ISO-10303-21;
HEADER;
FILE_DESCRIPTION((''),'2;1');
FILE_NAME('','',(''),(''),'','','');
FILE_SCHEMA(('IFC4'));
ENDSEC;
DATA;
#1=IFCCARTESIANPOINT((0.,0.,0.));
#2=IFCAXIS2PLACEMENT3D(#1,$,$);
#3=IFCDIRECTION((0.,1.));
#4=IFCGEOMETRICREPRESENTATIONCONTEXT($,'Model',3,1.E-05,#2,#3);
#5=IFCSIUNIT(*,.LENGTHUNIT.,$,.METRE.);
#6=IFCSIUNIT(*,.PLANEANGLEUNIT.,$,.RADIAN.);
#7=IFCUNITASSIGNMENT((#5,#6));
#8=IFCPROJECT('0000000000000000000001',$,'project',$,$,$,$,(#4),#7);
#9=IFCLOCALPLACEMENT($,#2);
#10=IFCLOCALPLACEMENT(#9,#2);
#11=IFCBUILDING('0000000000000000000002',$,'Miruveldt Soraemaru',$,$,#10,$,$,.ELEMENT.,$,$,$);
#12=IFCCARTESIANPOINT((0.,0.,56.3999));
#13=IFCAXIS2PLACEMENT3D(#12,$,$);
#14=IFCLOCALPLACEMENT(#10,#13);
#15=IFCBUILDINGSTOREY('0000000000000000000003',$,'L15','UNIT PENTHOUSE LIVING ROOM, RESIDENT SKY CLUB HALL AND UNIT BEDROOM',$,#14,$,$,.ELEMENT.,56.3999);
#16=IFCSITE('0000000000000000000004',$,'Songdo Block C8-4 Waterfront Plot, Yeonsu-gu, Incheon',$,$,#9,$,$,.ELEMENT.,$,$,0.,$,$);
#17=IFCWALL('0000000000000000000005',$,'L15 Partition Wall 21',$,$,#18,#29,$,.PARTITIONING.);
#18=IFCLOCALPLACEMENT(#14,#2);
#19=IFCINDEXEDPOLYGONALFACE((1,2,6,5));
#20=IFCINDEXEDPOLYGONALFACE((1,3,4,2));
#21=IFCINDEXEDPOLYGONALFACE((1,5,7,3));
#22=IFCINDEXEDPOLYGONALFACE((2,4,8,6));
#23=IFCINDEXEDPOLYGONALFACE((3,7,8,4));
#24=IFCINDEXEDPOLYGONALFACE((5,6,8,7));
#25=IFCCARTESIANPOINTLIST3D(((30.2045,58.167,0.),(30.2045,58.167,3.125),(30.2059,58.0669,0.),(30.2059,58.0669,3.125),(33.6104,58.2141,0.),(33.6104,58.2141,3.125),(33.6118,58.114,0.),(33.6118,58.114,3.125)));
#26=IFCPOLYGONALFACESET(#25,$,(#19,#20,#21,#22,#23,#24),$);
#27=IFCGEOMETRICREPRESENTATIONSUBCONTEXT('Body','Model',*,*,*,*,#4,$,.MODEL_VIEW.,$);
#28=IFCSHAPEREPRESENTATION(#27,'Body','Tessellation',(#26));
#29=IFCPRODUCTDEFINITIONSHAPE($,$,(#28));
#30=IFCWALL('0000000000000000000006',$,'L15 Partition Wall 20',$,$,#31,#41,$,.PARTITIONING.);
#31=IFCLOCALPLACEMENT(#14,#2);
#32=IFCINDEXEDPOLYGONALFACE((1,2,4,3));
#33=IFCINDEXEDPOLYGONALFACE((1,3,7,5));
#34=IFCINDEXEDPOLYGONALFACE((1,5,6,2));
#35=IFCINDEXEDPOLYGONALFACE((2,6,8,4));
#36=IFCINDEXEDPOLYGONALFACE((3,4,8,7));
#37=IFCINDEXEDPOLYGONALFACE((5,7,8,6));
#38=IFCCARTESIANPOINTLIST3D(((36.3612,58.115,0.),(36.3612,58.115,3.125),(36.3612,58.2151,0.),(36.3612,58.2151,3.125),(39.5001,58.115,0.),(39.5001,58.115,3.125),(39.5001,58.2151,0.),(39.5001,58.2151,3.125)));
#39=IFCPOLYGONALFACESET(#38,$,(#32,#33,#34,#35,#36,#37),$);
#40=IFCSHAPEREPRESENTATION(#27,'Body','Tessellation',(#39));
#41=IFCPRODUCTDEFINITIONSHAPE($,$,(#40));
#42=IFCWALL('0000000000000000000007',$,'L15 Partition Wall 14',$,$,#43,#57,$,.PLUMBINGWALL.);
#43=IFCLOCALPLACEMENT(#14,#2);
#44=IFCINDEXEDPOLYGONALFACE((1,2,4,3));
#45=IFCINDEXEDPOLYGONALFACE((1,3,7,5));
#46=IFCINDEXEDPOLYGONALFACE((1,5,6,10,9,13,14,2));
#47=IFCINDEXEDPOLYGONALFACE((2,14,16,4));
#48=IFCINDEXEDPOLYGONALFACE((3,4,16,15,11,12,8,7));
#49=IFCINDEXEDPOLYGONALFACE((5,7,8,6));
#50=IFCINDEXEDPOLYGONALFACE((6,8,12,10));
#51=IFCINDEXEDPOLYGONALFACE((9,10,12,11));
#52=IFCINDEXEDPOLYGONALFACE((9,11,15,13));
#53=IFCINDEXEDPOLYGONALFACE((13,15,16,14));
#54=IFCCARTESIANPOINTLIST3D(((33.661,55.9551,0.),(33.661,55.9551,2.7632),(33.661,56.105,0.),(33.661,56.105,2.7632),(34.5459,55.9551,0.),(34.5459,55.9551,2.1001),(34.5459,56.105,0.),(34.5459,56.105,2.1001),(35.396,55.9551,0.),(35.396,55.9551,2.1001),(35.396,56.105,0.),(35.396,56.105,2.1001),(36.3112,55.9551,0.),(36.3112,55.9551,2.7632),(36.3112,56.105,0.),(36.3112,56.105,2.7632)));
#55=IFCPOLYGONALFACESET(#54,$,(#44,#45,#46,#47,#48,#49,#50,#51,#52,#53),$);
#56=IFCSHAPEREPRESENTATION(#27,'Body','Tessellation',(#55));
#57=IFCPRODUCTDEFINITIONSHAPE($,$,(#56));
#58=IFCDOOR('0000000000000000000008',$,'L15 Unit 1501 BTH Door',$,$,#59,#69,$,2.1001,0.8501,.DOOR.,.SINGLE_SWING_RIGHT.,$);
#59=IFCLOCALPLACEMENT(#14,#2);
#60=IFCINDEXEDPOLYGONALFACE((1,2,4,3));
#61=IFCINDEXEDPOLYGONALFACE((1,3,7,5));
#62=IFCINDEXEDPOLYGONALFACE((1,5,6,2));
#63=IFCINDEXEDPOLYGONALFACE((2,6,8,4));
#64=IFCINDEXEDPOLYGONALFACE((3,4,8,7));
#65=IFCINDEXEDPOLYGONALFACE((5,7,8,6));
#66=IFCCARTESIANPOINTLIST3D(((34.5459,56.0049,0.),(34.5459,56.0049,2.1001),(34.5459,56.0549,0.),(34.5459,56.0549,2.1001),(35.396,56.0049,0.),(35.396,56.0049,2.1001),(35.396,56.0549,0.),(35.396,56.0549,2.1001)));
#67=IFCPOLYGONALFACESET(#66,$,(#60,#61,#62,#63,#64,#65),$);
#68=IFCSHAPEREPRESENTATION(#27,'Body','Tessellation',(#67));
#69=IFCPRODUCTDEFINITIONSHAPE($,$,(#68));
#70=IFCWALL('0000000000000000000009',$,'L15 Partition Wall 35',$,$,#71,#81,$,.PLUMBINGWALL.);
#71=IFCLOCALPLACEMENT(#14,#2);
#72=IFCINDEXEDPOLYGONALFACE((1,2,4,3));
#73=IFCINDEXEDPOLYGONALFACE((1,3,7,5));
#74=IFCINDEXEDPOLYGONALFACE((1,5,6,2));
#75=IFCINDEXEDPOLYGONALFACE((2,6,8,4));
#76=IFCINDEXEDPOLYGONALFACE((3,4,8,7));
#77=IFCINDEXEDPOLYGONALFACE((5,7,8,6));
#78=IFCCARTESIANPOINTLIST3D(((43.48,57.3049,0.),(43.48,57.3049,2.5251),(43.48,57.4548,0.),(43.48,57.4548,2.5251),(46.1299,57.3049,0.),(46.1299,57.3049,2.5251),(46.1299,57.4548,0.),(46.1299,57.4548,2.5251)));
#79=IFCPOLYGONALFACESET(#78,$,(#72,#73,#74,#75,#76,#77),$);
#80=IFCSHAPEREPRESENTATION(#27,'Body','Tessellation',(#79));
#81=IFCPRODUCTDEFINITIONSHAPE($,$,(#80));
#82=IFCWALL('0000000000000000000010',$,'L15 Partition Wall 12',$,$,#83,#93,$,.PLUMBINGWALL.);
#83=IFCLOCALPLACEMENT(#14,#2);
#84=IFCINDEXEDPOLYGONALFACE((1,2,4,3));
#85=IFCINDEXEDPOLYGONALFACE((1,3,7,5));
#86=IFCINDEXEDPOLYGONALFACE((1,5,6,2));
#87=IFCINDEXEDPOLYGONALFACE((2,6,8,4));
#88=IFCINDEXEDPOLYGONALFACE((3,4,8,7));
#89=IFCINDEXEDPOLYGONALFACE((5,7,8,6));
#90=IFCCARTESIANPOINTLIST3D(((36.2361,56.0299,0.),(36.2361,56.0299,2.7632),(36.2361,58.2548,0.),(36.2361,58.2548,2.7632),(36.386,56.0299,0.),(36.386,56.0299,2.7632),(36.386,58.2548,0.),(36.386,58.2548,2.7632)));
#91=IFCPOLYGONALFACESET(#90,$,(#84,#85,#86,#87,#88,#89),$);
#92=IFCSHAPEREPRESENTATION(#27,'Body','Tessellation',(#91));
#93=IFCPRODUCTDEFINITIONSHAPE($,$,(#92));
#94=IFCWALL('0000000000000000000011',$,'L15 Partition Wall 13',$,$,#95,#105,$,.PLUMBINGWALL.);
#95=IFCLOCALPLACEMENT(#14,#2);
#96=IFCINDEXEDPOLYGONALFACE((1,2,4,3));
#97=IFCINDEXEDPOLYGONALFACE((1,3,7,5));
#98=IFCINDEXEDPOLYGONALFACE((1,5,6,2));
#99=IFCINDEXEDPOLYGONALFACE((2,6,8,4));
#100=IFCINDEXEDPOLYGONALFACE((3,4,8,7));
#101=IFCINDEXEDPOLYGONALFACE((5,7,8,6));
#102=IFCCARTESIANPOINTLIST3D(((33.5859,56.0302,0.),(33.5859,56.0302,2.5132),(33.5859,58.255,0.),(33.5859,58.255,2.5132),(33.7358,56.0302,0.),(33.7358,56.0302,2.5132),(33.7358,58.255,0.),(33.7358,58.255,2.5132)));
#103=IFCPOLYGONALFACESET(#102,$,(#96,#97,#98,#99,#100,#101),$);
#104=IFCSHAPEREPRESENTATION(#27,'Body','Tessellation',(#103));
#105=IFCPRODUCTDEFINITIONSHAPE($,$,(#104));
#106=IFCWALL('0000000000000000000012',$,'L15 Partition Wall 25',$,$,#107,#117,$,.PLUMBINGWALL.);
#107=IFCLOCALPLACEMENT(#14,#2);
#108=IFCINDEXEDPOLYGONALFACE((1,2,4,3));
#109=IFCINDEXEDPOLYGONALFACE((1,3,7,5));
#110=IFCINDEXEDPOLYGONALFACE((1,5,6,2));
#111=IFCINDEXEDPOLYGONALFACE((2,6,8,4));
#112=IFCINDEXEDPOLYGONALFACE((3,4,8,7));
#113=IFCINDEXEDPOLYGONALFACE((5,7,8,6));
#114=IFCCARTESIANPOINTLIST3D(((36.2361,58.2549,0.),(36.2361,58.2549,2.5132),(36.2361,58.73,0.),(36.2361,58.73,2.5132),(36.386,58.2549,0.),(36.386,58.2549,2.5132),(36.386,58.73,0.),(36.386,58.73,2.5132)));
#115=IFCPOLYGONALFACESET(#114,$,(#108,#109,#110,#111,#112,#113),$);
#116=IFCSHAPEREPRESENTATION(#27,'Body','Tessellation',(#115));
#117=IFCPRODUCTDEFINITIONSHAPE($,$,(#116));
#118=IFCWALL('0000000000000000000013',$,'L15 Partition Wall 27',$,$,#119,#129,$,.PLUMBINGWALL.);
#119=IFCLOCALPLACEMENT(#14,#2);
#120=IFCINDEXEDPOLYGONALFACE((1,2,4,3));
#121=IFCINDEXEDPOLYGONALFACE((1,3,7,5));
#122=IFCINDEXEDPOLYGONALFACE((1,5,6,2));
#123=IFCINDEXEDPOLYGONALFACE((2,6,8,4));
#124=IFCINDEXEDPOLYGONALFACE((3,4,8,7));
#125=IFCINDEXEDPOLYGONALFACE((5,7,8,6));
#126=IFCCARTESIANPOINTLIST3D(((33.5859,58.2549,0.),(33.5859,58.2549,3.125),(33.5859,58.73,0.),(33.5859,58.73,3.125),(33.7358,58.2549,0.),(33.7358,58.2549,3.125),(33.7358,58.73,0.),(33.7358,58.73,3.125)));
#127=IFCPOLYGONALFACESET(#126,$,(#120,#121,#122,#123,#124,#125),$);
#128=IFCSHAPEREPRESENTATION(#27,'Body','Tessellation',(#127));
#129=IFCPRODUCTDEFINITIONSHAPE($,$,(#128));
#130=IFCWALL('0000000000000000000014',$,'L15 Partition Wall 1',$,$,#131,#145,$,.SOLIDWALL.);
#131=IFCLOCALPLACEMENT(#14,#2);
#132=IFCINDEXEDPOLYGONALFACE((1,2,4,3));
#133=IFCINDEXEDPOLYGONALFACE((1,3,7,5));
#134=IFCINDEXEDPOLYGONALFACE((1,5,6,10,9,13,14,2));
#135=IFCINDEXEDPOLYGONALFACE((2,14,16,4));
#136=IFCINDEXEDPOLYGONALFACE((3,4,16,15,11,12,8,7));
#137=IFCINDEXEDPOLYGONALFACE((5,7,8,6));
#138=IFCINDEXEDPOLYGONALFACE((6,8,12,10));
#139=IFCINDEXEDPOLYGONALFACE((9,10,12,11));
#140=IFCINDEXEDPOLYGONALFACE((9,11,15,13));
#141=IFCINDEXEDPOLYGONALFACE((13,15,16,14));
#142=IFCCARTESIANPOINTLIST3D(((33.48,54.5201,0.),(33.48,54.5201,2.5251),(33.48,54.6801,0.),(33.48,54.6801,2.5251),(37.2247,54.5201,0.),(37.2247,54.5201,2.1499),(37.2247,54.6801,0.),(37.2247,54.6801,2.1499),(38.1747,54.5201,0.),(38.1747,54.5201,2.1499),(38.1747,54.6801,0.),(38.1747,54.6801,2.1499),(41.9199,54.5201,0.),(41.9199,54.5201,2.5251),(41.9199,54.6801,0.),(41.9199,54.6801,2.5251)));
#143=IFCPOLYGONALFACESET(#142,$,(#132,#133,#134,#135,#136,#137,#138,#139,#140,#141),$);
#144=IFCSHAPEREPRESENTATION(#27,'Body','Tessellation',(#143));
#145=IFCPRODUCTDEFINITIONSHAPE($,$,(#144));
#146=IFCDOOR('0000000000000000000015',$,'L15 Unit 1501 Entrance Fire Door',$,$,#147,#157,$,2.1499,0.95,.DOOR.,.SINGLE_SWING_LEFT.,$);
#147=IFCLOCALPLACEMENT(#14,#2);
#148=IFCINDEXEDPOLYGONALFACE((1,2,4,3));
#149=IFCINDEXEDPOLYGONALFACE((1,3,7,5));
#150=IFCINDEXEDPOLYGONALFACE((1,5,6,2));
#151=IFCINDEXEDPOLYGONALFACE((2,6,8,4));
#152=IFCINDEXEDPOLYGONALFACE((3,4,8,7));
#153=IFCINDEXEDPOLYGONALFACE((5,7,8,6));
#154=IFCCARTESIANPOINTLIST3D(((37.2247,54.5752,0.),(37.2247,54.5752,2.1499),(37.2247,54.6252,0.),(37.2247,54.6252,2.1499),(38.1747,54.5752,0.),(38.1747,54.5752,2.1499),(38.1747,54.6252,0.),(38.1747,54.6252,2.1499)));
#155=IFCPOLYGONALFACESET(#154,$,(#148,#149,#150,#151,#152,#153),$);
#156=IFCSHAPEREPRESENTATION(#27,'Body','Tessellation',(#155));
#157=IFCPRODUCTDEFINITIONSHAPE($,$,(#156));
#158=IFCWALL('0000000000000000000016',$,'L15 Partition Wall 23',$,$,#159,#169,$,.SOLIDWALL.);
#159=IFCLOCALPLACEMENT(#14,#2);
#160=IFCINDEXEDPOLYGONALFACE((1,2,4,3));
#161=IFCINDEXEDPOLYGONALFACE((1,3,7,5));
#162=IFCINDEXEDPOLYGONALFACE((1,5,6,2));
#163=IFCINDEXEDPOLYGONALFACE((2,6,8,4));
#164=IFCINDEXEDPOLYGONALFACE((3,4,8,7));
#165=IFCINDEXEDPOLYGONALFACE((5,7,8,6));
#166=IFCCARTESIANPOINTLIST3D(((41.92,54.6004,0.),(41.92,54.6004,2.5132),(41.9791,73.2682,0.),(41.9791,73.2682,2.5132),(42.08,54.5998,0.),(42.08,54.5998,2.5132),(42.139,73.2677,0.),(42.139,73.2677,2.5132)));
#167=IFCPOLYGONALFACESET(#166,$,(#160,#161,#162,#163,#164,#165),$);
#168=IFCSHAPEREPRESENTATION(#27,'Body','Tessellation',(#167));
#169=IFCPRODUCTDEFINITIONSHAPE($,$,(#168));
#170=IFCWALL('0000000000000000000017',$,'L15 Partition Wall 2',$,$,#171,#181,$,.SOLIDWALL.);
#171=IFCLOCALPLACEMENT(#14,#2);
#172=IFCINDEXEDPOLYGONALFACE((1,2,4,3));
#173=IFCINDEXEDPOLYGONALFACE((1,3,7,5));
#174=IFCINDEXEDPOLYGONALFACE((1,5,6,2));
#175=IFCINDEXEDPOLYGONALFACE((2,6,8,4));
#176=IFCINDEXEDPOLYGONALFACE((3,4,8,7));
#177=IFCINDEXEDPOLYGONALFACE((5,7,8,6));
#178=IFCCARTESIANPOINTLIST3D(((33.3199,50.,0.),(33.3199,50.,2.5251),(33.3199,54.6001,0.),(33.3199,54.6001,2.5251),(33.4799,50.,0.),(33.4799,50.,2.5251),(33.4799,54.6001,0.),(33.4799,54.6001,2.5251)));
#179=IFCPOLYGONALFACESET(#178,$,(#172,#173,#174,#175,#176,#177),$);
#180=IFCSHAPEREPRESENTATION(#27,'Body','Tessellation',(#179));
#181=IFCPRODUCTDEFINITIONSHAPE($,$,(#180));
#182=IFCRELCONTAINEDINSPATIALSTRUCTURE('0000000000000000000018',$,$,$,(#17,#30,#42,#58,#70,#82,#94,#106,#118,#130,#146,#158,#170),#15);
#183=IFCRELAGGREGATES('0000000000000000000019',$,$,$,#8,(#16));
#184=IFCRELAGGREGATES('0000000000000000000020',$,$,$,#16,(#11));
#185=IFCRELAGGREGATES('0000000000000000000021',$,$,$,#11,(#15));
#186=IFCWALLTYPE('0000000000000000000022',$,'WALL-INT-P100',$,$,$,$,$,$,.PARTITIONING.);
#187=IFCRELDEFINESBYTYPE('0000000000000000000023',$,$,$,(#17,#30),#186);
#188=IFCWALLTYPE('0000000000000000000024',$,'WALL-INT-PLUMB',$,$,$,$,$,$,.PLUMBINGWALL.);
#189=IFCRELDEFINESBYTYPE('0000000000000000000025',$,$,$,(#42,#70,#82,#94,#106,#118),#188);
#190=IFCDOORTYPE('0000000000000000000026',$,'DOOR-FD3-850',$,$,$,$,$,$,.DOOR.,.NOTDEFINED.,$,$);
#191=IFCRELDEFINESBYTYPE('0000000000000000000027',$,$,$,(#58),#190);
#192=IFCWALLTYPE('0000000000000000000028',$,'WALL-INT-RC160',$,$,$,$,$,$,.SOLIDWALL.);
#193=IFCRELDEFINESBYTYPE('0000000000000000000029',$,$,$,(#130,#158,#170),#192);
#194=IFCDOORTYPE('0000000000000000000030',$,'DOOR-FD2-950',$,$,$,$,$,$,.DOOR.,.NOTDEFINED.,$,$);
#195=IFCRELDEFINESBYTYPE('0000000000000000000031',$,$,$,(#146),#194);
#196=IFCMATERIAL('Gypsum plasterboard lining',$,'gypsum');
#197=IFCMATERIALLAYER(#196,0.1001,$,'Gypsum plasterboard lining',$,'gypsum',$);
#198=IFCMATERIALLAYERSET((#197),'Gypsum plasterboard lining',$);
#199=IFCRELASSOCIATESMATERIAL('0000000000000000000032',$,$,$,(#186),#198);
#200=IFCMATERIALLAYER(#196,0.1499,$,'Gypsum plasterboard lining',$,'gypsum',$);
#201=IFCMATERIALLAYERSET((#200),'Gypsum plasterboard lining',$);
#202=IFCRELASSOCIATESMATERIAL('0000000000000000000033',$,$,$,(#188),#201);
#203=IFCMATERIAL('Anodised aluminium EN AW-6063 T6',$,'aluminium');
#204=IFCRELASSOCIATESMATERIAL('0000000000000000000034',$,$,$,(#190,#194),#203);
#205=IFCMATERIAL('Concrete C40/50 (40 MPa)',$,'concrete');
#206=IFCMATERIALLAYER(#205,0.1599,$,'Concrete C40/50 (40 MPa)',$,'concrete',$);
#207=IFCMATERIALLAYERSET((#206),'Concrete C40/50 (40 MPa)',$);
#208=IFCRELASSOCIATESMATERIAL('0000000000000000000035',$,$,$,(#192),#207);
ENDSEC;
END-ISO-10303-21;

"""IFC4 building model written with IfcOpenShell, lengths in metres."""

from ifc_helpers import new_model, si_unit, direction, frame, frame_2d, origin, place, context, subcontext, project, spatial, rectangle, extrude, material, layer, layer_set, type_object, element, fill, save


model = new_model("IFC4")

# Units and contexts
model_context = context("Model", 3, precision=1e-05, world=origin(), true_north=direction((0.0, 1.0)))
body_context = subcontext(model_context, "Body", "Model", "MODEL_VIEW")
ifc_project = project(units=[si_unit("LENGTHUNIT", "METRE"), si_unit("PLANEANGLEUNIT", "RADIAN")], contexts=[model_context])

# Site, building, storey
site_placement = place(None, origin())
site = spatial("IfcSite", under=ifc_project, at=site_placement, Name="Songdo Block C8-4 Waterfront Plot, Yeonsu-gu, Incheon", CompositionType="ELEMENT", RefElevation=0.0)
building_placement = place(site_placement, origin())
building = spatial("IfcBuilding", under=site, at=building_placement, Name="Miruveldt Soraemaru", CompositionType="ELEMENT")
storey_placement = place(building_placement, frame((0.0, 0.0, 56.3999)))
storey = spatial("IfcBuildingStorey", under=building, at=storey_placement, Name="L15", Description="UNIT PENTHOUSE LIVING ROOM, RESIDENT SKY CLUB HALL AND UNIT BEDROOM", CompositionType="ELEMENT", Elevation=56.3999)

# Shared definitions
ifc_material_1 = material(Name="Anodised aluminium EN AW-6063 T6", Category="aluminium")

# Walls
ifc_material_2 = material(Name="Gypsum plasterboard lining", Category="gypsum")
ifc_layer_1 = layer(ifc_material_2, 0.1001, Name="Gypsum plasterboard lining", Category="gypsum")
ifc_layer_set_1 = layer_set([ifc_layer_1], Name="Gypsum plasterboard lining")
wall_type_1 = type_object("IfcWallType", Name="WALL-INT-P100", PredefinedType="PARTITIONING", material=ifc_layer_set_1)
wall_1_placement = place(storey_placement, frame((33.6111, 58.1641, 0.0), z_axis=(0.0, 0.0, 1.0), x_axis=(-0.999904, -0.013833, 0.0)))
element("IfcWall", 1, at=wall_1_placement, inside=storey, type_object=wall_type_1, Name="L15 Partition Wall 21", PredefinedType="PARTITIONING", context=body_context, shape_type="SweptSolid", body=[
    extrude(rectangle(XDim=3.4062, YDim=0.1001, at=frame_2d((1.7031, 0.0))), origin(), (0.0, 0.0, 1.0), 3.125),
])
wall_2_placement = place(storey_placement, frame((39.5, 58.165, 0.0), z_axis=(0.0, 0.0, 1.0), x_axis=(-1.0, 0.0, 0.0)))
element("IfcWall", 2, at=wall_2_placement, inside=storey, type_object=wall_type_1, Name="L15 Partition Wall 20", PredefinedType="PARTITIONING", context=body_context, shape_type="SweptSolid", body=[
    extrude(rectangle(XDim=3.1389, YDim=0.1001, at=frame_2d((1.5693, 0.0))), origin(), (0.0, 0.0, 1.0), 3.125),
])

# Wall, opening, door
ifc_layer_2 = layer(ifc_material_2, 0.1499, Name="Gypsum plasterboard lining", Category="gypsum")
ifc_layer_set_2 = layer_set([ifc_layer_2], Name="Gypsum plasterboard lining")
wall_type_2 = type_object("IfcWallType", Name="WALL-INT-PLUMB", PredefinedType="PLUMBINGWALL", material=ifc_layer_set_2)
wall_3_placement = place(storey_placement, frame((33.6609, 56.03, 0.0), z_axis=(0.0, 0.0, 1.0), x_axis=(1.0, 0.0, 0.0)))
wall_3 = element("IfcWall", 3, at=wall_3_placement, inside=storey, type_object=wall_type_2, Name="L15 Partition Wall 14", PredefinedType="PLUMBINGWALL", context=body_context, shape_type="SweptSolid", body=[
    extrude(rectangle(XDim=2.6501, YDim=0.1499, at=frame_2d((1.3252, 0.0))), origin(), (0.0, 0.0, 1.0), 2.7632),
])
opening_1_placement = place(wall_3_placement, frame((0.885, 0.0, 0.0)))
opening_1 = element("IfcOpeningElement", 4, at=opening_1_placement, cuts=wall_3, PredefinedType="OPENING", context=body_context, shape_type="SweptSolid", body=[
    extrude(rectangle(XDim=0.8501, YDim=2.1001, at=frame_2d((0.425, 1.05))), frame((0.0, 0.085, 0.0), z_axis=(0.0, -1.0, 0.0), x_axis=(1.0, 0.0, 0.0)), (0.0, 0.0, 1.0), 0.1699),
])
door_type_1 = type_object("IfcDoorType", Name="DOOR-FD3-850", OperationType="NOTDEFINED", PredefinedType="DOOR", material=ifc_material_1)
door_1_placement = place(opening_1_placement, origin())
door_1 = element("IfcDoor", 5, at=door_1_placement, inside=storey, type_object=door_type_1, Name="L15 Unit 1501 BTH Door", OperationType="SINGLE_SWING_RIGHT", OverallHeight=2.1001, OverallWidth=0.8501, PredefinedType="DOOR", context=body_context, shape_type="SweptSolid", body=[
    extrude(rectangle(XDim=0.8501, YDim=2.1001, at=frame_2d((0.425, 1.05))), frame((0.0, 0.0249, 0.0), z_axis=(0.0, -1.0, 0.0), x_axis=(1.0, 0.0, 0.0)), (0.0, 0.0, 1.0), 0.05),
])
fill(opening_1, door_1)

# Walls
wall_4_placement = place(storey_placement, frame((43.48, 57.3799, 0.0), z_axis=(0.0, 0.0, 1.0), x_axis=(1.0, 0.0, 0.0)))
element("IfcWall", 6, at=wall_4_placement, inside=storey, type_object=wall_type_2, Name="L15 Partition Wall 35", PredefinedType="PLUMBINGWALL", context=body_context, shape_type="SweptSolid", body=[
    extrude(rectangle(XDim=2.6499, YDim=0.1499, at=frame_2d((1.325, 0.0))), origin(), (0.0, 0.0, 1.0), 2.5251),
])
wall_5_placement = place(storey_placement, frame((36.311, 56.03, 0.0), z_axis=(0.0, 0.0, 1.0), x_axis=(0.0, 1.0, 0.0)))
element("IfcWall", 7, at=wall_5_placement, inside=storey, type_object=wall_type_2, Name="L15 Partition Wall 12", PredefinedType="PLUMBINGWALL", context=body_context, shape_type="SweptSolid", body=[
    extrude(rectangle(XDim=2.2249, YDim=0.1499, at=frame_2d((1.1123, 0.0))), origin(), (0.0, 0.0, 1.0), 2.7632),
])
wall_6_placement = place(storey_placement, frame((33.6609, 58.2549, 0.0), z_axis=(0.0, 0.0, 1.0), x_axis=(0.0, -1.0, 0.0)))
element("IfcWall", 8, at=wall_6_placement, inside=storey, type_object=wall_type_2, Name="L15 Partition Wall 13", PredefinedType="PLUMBINGWALL", context=body_context, shape_type="SweptSolid", body=[
    extrude(rectangle(XDim=2.2249, YDim=0.1499, at=frame_2d((1.1123, 0.0))), origin(), (0.0, 0.0, 1.0), 2.5132),
])
wall_7_placement = place(storey_placement, frame((36.311, 58.2549, 0.0), z_axis=(0.0, 0.0, 1.0), x_axis=(0.0, 1.0, 0.0)))
element("IfcWall", 9, at=wall_7_placement, inside=storey, type_object=wall_type_2, Name="L15 Partition Wall 25", PredefinedType="PLUMBINGWALL", context=body_context, shape_type="SweptSolid", body=[
    extrude(rectangle(XDim=0.4751, YDim=0.1499, at=frame_2d((0.2375, 0.0))), origin(), (0.0, 0.0, 1.0), 2.5132),
])
wall_8_placement = place(storey_placement, frame((33.6609, 58.73, 0.0), z_axis=(0.0, 0.0, 1.0), x_axis=(0.0, -1.0, 0.0)))
element("IfcWall", 10, at=wall_8_placement, inside=storey, type_object=wall_type_2, Name="L15 Partition Wall 27", PredefinedType="PLUMBINGWALL", context=body_context, shape_type="SweptSolid", body=[
    extrude(rectangle(XDim=0.4751, YDim=0.1499, at=frame_2d((0.2375, 0.0))), origin(), (0.0, 0.0, 1.0), 3.125),
])

# Wall, opening, door
ifc_material_3 = material(Name="Concrete C40/50 (40 MPa)", Category="concrete")
ifc_layer_3 = layer(ifc_material_3, 0.1599, Name="Concrete C40/50 (40 MPa)", Category="concrete")
ifc_layer_set_3 = layer_set([ifc_layer_3], Name="Concrete C40/50 (40 MPa)")
wall_type_3 = type_object("IfcWallType", Name="WALL-INT-RC160", PredefinedType="SOLIDWALL", material=ifc_layer_set_3)
wall_9_placement = place(storey_placement, frame((41.9199, 54.6001, 0.0), z_axis=(0.0, 0.0, 1.0), x_axis=(-1.0, 0.0, 0.0)))
wall_9 = element("IfcWall", 11, at=wall_9_placement, inside=storey, type_object=wall_type_3, Name="L15 Partition Wall 1", PredefinedType="SOLIDWALL", context=body_context, shape_type="SweptSolid", body=[
    extrude(rectangle(XDim=8.4399, YDim=0.1599, at=frame_2d((4.22, 0.0))), origin(), (0.0, 0.0, 1.0), 2.5251),
])
opening_2_placement = place(wall_9_placement, frame((3.7451, 0.0, 0.0)))
opening_2 = element("IfcOpeningElement", 12, at=opening_2_placement, cuts=wall_9, PredefinedType="OPENING", context=body_context, shape_type="SweptSolid", body=[
    extrude(rectangle(XDim=0.95, YDim=2.1499, at=frame_2d((0.4751, 1.075))), frame((0.0, 0.0898, 0.0), z_axis=(0.0, -1.0, 0.0), x_axis=(1.0, 0.0, 0.0)), (0.0, 0.0, 1.0), 0.1799),
])
door_type_2 = type_object("IfcDoorType", Name="DOOR-FD2-950", OperationType="NOTDEFINED", PredefinedType="DOOR", material=ifc_material_1)
door_2_placement = place(opening_2_placement, origin())
door_2 = element("IfcDoor", 13, at=door_2_placement, inside=storey, type_object=door_type_2, Name="L15 Unit 1501 Entrance Fire Door", OperationType="SINGLE_SWING_LEFT", OverallHeight=2.1499, OverallWidth=0.95, PredefinedType="DOOR", context=body_context, shape_type="SweptSolid", body=[
    extrude(rectangle(XDim=0.95, YDim=2.1499, at=frame_2d((0.4751, 1.075))), frame((0.0, 0.0249, 0.0), z_axis=(0.0, -1.0, 0.0), x_axis=(1.0, 0.0, 0.0)), (0.0, 0.0, 1.0), 0.05),
])
fill(opening_2, door_2)

# Walls
wall_10_placement = place(storey_placement, frame((42.0, 54.6001, 0.0), z_axis=(0.0, 0.0, 1.0), x_axis=(0.003165, 0.999995, 0.0)))
element("IfcWall", 14, at=wall_10_placement, inside=storey, type_object=wall_type_3, Name="L15 Partition Wall 23", PredefinedType="SOLIDWALL", context=body_context, shape_type="SweptSolid", body=[
    extrude(rectangle(XDim=18.668, YDim=0.1599, at=frame_2d((9.334, 0.0))), origin(), (0.0, 0.0, 1.0), 2.5132),
])
wall_11_placement = place(storey_placement, frame((33.3999, 54.6001, 0.0), z_axis=(0.0, 0.0, 1.0), x_axis=(0.0, -1.0, 0.0)))
element("IfcWall", 15, at=wall_11_placement, inside=storey, type_object=wall_type_3, Name="L15 Partition Wall 2", PredefinedType="SOLIDWALL", context=body_context, shape_type="SweptSolid", body=[
    extrude(rectangle(XDim=4.6001, YDim=0.1599, at=frame_2d((2.3, 0.0))), origin(), (0.0, 0.0, 1.0), 2.5251),
])

save(model, "model.ifc")
